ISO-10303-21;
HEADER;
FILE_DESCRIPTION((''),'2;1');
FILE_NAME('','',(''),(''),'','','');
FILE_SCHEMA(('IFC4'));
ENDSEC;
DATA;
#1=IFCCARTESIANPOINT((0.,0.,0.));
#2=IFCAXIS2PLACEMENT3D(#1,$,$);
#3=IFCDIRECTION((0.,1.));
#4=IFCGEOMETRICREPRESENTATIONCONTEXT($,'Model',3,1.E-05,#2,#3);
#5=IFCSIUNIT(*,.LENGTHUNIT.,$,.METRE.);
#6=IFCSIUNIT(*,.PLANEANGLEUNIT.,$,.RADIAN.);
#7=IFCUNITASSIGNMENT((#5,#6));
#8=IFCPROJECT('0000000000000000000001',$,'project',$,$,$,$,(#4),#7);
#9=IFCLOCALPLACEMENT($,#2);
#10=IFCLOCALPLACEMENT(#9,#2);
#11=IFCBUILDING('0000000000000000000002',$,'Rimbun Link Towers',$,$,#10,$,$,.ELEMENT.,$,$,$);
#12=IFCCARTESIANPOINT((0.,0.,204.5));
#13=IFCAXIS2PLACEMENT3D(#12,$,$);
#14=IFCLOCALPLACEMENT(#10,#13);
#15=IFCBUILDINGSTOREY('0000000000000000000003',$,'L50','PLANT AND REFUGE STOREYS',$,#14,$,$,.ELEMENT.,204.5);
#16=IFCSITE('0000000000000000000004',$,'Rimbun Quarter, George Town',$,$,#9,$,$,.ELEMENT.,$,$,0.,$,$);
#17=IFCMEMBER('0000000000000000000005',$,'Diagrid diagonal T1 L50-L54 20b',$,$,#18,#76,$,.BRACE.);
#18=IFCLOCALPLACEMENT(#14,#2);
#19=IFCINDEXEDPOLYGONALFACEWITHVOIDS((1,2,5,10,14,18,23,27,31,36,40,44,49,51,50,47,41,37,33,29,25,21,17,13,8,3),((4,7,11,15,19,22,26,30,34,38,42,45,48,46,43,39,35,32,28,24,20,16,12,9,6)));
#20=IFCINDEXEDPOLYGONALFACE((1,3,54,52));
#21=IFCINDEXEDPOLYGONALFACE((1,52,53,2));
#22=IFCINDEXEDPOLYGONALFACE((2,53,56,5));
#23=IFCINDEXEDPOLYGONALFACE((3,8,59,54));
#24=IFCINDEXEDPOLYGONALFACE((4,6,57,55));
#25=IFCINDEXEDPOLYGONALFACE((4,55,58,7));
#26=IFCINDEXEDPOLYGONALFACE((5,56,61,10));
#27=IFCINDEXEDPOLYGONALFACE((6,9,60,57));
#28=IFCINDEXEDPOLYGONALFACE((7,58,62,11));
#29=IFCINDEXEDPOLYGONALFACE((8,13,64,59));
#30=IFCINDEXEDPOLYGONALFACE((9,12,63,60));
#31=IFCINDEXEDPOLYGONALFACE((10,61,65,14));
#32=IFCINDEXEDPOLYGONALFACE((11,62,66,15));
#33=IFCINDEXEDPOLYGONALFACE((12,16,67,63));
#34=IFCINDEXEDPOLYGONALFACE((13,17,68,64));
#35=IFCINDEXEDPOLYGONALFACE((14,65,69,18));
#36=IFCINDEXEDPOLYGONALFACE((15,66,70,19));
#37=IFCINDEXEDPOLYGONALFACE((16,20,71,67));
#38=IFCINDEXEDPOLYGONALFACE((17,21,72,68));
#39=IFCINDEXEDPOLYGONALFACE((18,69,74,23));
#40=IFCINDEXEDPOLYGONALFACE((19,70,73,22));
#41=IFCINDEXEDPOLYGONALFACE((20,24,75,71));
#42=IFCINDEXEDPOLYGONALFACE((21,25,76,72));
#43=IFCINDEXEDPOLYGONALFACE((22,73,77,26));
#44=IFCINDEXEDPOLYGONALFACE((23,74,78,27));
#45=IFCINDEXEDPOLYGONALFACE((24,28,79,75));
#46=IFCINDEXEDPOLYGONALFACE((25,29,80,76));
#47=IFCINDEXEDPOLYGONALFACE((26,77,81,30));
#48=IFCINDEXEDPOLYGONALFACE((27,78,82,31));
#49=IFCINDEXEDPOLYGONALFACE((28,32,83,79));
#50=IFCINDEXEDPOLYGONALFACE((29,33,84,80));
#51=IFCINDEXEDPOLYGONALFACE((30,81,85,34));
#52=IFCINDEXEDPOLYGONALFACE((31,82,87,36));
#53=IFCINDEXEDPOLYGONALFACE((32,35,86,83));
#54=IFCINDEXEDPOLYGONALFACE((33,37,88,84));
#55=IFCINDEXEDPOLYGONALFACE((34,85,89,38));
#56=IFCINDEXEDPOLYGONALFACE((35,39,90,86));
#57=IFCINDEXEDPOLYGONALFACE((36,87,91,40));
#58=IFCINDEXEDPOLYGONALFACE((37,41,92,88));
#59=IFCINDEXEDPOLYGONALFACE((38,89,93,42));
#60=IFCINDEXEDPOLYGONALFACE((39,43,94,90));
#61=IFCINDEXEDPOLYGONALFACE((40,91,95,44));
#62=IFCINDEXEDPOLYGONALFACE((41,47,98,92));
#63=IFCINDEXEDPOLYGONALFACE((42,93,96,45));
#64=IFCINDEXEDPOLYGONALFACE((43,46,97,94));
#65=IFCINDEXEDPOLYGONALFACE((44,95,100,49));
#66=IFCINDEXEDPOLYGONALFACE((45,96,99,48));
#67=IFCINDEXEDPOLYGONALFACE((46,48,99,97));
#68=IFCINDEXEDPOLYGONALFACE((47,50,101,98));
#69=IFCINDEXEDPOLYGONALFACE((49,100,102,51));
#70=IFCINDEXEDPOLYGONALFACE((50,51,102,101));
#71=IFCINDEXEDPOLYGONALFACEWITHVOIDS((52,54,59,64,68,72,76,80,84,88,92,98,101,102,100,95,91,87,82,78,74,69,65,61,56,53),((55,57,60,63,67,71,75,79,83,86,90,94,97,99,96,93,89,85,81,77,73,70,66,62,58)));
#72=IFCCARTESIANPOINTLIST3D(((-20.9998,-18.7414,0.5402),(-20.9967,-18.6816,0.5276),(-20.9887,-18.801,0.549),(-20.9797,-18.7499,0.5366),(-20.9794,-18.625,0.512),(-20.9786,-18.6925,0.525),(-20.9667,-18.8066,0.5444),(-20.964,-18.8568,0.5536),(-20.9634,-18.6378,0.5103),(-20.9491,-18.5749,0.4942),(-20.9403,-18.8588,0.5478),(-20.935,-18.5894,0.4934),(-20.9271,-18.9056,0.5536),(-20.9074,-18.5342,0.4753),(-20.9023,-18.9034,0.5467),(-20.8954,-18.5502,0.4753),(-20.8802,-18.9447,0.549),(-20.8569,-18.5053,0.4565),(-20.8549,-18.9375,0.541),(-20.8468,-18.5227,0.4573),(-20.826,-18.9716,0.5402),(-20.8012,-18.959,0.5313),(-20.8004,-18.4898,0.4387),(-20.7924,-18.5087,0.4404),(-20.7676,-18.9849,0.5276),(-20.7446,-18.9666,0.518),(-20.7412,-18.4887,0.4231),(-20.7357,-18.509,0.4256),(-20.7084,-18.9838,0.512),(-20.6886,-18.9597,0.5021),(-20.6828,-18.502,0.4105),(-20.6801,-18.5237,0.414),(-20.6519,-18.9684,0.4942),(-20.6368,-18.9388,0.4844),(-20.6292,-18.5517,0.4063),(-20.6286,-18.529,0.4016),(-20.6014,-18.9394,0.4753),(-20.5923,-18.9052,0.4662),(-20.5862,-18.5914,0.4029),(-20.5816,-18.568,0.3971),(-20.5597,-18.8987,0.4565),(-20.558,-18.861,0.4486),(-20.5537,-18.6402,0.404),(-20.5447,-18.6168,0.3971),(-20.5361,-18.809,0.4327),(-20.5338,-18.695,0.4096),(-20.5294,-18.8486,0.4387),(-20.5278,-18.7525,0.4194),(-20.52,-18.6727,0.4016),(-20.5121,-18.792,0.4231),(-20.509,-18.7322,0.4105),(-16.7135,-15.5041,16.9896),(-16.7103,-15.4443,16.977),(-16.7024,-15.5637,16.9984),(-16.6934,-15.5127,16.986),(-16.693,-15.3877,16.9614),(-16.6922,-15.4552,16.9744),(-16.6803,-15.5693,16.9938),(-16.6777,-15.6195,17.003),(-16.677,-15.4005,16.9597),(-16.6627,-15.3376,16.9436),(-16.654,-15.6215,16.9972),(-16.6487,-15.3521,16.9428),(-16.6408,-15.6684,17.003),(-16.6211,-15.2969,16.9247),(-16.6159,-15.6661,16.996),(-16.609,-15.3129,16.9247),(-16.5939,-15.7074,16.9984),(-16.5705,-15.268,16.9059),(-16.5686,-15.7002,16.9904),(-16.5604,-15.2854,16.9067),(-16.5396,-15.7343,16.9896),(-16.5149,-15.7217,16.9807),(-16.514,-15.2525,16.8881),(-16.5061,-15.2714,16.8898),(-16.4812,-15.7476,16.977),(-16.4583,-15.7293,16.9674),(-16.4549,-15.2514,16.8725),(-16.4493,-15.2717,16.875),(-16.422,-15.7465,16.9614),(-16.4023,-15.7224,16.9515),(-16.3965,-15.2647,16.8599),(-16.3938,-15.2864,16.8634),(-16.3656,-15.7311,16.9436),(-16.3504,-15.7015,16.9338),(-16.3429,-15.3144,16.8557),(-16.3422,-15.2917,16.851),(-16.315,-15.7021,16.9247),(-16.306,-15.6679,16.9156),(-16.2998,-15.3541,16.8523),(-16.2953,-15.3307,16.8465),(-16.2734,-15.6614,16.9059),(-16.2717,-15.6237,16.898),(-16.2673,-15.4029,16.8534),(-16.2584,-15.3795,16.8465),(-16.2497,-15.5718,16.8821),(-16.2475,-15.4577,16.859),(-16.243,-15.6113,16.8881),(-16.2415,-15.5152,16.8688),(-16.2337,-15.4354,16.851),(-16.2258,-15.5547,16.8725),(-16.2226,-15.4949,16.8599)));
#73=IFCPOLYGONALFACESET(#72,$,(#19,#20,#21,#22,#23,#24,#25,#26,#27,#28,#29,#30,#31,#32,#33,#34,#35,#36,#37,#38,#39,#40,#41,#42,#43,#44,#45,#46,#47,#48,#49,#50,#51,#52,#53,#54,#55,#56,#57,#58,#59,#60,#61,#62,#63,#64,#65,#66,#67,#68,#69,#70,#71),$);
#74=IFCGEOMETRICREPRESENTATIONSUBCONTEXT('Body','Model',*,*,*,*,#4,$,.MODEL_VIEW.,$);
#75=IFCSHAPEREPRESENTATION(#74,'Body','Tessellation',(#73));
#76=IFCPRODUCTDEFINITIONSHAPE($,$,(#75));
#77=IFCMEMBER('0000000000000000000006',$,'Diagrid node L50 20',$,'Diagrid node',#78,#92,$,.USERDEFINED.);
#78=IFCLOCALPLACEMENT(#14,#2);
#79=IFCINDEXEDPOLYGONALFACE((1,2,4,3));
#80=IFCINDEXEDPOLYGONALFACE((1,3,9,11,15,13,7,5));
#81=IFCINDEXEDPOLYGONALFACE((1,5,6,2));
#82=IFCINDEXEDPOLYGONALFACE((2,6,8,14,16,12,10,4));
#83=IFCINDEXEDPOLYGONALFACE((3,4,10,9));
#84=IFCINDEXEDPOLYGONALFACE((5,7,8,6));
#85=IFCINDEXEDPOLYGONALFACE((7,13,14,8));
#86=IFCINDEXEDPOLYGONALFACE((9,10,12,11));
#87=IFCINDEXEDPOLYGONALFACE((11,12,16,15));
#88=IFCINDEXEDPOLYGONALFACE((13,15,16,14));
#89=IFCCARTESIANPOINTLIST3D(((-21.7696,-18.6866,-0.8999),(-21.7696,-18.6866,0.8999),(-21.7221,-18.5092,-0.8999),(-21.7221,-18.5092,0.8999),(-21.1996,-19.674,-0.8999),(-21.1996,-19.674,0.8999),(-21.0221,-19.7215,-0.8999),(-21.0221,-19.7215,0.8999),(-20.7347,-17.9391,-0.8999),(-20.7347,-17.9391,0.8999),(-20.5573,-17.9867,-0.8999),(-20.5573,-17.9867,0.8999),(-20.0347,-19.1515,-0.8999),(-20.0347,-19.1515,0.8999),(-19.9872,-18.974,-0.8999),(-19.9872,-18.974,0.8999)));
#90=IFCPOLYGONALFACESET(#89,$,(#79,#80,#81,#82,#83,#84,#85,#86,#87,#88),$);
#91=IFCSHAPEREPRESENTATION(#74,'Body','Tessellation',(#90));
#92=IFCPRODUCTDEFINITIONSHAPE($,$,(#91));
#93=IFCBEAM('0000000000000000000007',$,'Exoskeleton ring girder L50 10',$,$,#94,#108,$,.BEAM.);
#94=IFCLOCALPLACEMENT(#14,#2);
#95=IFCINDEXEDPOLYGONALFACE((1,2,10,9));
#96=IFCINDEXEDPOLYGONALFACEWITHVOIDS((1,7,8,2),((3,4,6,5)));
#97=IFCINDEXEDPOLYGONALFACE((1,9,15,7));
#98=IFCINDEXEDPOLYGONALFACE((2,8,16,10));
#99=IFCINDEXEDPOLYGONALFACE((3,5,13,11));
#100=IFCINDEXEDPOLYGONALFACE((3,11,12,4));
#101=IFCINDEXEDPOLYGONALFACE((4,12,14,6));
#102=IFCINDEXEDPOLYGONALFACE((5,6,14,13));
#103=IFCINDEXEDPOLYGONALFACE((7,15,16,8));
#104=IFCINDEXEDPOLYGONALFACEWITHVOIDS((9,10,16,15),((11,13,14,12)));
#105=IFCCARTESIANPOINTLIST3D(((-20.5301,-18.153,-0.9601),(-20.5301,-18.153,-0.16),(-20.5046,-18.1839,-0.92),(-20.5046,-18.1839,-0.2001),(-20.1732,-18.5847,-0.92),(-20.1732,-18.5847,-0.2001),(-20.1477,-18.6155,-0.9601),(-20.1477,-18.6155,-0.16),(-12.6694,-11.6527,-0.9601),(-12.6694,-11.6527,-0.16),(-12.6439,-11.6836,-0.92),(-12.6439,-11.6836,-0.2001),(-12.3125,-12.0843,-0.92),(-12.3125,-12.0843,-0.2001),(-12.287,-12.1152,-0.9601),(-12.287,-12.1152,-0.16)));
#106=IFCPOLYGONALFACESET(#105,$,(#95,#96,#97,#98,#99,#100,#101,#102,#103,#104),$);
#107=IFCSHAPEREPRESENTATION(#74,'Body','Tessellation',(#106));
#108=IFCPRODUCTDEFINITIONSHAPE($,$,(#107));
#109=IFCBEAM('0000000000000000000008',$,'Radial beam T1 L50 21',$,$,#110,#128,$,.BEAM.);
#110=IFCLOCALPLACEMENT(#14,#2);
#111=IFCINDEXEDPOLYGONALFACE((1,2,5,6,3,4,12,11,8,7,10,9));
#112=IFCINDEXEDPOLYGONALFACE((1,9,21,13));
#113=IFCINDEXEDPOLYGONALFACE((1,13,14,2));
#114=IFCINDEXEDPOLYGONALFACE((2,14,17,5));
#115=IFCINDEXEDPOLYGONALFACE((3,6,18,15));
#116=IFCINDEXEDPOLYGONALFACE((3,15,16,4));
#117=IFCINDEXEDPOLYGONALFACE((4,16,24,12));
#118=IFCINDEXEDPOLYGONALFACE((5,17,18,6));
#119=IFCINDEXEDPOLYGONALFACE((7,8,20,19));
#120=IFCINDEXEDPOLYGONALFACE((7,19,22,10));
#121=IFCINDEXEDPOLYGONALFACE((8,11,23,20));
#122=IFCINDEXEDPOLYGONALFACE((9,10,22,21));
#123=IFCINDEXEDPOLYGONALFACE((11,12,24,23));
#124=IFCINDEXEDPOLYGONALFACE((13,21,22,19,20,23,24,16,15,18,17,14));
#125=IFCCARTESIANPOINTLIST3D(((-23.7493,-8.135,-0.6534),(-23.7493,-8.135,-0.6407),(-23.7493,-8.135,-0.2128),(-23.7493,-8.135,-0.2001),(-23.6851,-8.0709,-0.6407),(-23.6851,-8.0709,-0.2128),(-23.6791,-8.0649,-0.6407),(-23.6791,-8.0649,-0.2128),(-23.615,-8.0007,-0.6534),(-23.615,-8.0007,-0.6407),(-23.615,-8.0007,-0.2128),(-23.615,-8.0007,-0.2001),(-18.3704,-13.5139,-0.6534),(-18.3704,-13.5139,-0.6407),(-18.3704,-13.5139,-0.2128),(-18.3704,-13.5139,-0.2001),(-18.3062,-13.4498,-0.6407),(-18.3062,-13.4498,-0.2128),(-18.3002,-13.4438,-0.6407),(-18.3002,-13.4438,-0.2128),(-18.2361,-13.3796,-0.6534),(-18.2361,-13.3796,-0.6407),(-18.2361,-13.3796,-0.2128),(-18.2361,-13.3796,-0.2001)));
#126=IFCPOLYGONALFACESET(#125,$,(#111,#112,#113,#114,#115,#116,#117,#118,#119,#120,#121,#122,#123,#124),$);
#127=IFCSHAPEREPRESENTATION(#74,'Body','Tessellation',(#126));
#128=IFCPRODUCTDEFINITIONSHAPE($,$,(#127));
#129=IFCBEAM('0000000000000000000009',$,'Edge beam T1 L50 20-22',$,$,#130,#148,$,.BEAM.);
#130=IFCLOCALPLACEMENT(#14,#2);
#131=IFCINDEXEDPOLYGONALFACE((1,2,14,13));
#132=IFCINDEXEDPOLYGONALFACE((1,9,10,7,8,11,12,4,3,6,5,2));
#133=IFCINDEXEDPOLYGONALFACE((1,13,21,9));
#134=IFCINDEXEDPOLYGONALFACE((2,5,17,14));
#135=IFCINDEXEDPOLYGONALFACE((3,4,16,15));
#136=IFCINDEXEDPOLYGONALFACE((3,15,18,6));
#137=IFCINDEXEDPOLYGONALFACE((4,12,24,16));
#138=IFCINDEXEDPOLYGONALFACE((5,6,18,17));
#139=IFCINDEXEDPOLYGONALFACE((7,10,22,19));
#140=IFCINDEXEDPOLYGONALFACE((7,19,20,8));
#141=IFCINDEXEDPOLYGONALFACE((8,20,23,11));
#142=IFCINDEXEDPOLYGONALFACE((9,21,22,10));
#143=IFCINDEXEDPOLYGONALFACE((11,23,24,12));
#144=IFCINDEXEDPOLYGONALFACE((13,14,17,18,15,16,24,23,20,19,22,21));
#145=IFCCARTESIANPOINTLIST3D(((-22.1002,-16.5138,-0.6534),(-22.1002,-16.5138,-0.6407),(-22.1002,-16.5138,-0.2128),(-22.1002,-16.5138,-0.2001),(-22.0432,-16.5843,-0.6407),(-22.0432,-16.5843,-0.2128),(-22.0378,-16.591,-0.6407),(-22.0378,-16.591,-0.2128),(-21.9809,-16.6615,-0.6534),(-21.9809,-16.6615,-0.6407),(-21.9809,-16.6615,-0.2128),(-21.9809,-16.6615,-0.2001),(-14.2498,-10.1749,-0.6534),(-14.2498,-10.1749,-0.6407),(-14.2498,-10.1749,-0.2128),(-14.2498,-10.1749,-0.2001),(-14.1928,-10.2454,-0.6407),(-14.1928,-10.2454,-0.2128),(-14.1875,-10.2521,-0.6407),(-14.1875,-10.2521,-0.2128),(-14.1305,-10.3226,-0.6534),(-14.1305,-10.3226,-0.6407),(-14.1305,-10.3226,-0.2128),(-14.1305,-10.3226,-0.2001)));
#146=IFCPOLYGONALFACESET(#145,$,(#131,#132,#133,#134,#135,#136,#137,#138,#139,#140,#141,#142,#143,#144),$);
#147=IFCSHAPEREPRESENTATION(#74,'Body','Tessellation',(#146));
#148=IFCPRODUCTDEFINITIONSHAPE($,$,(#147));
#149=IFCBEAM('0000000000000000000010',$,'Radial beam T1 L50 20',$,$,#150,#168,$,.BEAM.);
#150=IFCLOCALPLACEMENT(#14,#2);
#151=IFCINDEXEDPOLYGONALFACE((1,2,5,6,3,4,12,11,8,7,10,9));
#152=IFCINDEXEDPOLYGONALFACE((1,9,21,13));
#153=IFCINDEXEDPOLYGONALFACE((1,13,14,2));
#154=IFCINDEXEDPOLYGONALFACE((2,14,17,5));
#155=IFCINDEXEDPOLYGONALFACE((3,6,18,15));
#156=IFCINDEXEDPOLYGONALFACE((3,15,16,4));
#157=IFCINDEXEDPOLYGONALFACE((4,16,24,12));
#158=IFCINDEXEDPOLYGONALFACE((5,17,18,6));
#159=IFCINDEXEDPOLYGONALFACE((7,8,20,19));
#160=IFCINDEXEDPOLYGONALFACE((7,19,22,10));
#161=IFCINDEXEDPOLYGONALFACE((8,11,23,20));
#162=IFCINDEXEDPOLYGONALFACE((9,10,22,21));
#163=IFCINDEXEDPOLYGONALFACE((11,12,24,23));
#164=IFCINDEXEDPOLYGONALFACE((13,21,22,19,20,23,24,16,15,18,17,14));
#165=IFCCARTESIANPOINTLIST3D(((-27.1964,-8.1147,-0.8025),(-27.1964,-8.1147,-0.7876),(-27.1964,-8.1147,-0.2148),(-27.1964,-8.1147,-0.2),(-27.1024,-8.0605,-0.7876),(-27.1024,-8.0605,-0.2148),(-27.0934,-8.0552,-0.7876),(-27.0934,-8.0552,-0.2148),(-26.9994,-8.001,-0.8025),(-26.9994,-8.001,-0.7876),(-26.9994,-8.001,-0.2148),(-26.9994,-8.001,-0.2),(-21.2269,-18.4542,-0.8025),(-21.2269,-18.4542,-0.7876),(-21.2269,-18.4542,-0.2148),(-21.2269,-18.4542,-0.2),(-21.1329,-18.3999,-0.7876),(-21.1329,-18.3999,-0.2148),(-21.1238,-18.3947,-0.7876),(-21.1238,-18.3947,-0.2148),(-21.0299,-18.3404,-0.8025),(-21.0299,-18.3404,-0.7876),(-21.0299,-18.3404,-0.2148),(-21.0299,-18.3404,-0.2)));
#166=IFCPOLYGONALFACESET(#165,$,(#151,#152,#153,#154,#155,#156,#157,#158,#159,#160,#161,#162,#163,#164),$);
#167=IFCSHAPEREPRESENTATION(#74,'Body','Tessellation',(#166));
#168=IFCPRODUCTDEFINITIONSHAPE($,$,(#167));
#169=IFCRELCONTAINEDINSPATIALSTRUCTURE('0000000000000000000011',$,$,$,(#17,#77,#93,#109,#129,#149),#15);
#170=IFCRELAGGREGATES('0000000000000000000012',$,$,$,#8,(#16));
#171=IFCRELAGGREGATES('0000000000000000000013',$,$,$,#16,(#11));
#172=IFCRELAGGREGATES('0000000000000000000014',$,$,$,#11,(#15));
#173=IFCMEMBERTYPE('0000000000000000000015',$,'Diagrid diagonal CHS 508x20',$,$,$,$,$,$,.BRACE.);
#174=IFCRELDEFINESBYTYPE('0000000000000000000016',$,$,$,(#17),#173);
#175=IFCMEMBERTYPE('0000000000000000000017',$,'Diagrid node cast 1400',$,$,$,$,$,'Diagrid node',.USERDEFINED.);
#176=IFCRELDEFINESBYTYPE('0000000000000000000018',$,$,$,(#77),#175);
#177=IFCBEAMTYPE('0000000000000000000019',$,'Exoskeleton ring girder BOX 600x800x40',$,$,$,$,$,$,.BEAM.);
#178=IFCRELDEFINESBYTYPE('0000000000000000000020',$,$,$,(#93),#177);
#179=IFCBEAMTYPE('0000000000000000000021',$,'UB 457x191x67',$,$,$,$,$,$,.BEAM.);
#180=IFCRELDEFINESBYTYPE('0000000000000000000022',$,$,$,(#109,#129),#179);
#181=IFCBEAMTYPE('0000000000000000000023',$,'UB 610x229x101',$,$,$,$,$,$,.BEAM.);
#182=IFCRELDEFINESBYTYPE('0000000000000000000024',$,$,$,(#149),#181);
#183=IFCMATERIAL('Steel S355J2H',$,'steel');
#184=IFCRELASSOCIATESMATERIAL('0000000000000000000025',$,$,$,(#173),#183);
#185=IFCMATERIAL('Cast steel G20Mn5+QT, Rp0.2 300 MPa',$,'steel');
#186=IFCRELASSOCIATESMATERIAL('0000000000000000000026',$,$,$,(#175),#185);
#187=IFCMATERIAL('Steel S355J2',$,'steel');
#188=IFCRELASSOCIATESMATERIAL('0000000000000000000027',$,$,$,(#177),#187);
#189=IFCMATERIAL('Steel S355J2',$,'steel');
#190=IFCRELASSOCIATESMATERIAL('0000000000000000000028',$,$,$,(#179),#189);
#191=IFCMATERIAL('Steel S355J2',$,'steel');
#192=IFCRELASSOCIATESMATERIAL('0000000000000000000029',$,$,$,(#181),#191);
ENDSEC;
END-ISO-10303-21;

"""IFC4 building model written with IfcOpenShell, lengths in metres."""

from ifc_helpers import new_model, si_unit, direction, frame, origin, origin_2d, place, context, subcontext, project, spatial, polyline, hollow_rectangle, hollow_circle, i_section, outline, extrude, material, material_profile, profile_set, type_object, element, save


model = new_model("IFC4")

# Units and contexts
model_context = context("Model", 3, precision=1e-05, world=origin(), true_north=direction((0.0, 1.0)))
body_context = subcontext(model_context, "Body", "Model", "MODEL_VIEW")
ifc_project = project(units=[si_unit("LENGTHUNIT", "METRE"), si_unit("PLANEANGLEUNIT", "RADIAN")], contexts=[model_context])

# Site, building, storey
site_placement = place(None, origin())
site = spatial("IfcSite", under=ifc_project, at=site_placement, Name="Rimbun Quarter, George Town", CompositionType="ELEMENT", RefElevation=0.0)
building_placement = place(site_placement, origin())
building = spatial("IfcBuilding", under=site, at=building_placement, Name="Rimbun Link Towers", CompositionType="ELEMENT")
storey_placement = place(building_placement, frame((0.0, 0.0, 204.5)))
storey = spatial("IfcBuildingStorey", under=building, at=storey_placement, Name="L50", Description="PLANT AND REFUGE STOREYS", CompositionType="ELEMENT", Elevation=204.5)

# Members
ifc_material_1 = material(Name="Steel S355J2H", Category="steel")
ifc_material_profile_1 = material_profile(ifc_material_1, hollow_circle(Radius=0.2539, WallThickness=0.02, at=origin_2d()), Name="Diagrid diagonal CHS 508x20")
ifc_profile_set_1 = profile_set([ifc_material_profile_1], Name="Steel S355J2H")
member_type_1 = type_object("IfcMemberType", Name="Diagrid diagonal CHS 508x20", PredefinedType="BRACE", material=ifc_profile_set_1)
member_1_placement = place(storey_placement, frame((-20.7544, -18.7368, 0.4753), z_axis=(0.247706, 0.187081, 0.950601), x_axis=(-0.60268, 0.797983, 0.0)))
element("IfcMember", 1, at=member_1_placement, inside=storey, type_object=member_type_1, Name="Diagrid diagonal T1 L50-L54 20b", PredefinedType="BRACE", context=body_context, shape_type="SweptSolid", body=[
    extrude(hollow_circle(Radius=0.2539, WallThickness=0.02, at=origin_2d()), origin(), (0.0, 0.0, 1.0), 17.3042),
])
ifc_material_2 = material(Name="Cast steel G20Mn5+QT, Rp0.2 300 MPa", Category="steel")
ifc_material_profile_2 = material_profile(ifc_material_2, outline(polyline([(0.7, -0.5701), (0.7, 0.5701), (0.5701, 0.7), (-0.5701, 0.7), (-0.7, 0.5701), (-0.7, -0.5701), (-0.5701, -0.7), (0.5701, -0.7), (0.7, -0.5701)])), Name="NODE 1400x1400")
ifc_profile_set_2 = profile_set([ifc_material_profile_2], Name="Cast steel G20Mn5+QT, Rp0.2 300 MPa")
member_type_2 = type_object("IfcMemberType", Name="Diagrid node cast 1400", ElementType="Diagrid node", PredefinedType="USERDEFINED", material=ifc_profile_set_2)
member_2_placement = place(storey_placement, frame((-20.8784, -18.8303, -0.8999), z_axis=(0.0, 0.0, 1.0), x_axis=(0.5, -0.866025, 0.0)))
element("IfcMember", 2, at=member_2_placement, inside=storey, type_object=member_type_2, Name="Diagrid node L50 20", ObjectType="Diagrid node", PredefinedType="USERDEFINED", context=body_context, shape_type="SweptSolid", body=[
    extrude(outline(polyline([(0.7, -0.5701), (0.7, 0.5701), (0.5701, 0.7), (-0.5701, 0.7), (-0.7, 0.5701), (-0.7, -0.5701), (-0.5701, -0.7), (0.5701, -0.7), (0.7, -0.5701)])), origin(), (0.0, 0.0, 1.0), 1.7998),
])

# Beams
ifc_material_3 = material(Name="Steel S355J2", Category="steel")
ifc_material_profile_3 = material_profile(ifc_material_3, hollow_rectangle(XDim=0.6001, YDim=0.8, WallThickness=0.04, at=origin_2d()), Name="Exoskeleton ring girder BOX 600x800x40")
ifc_profile_set_3 = profile_set([ifc_material_profile_3], Name="Steel S355J2")
beam_type_1 = type_object("IfcBeamType", Name="Exoskeleton ring girder BOX 600x800x40", PredefinedType="BEAM", material=ifc_profile_set_3)
beam_1_placement = place(storey_placement, frame((-20.3389, -18.3843, -0.5601), z_axis=(0.770639, 0.637272, 0.0), x_axis=(-0.637272, 0.770639, 0.0)))
element("IfcBeam", 3, at=beam_1_placement, inside=storey, type_object=beam_type_1, Name="Exoskeleton ring girder L50 10", PredefinedType="BEAM", context=body_context, shape_type="SweptSolid", body=[
    extrude(hollow_rectangle(XDim=0.6001, YDim=0.8, WallThickness=0.04, at=origin_2d()), origin(), (0.0, 0.0, 1.0), 10.2002),
])
ifc_material_4 = material(Name="Steel S355J2", Category="steel")
ifc_material_profile_4 = material_profile(ifc_material_4, i_section(OverallWidth=0.1899, OverallDepth=0.4534, WebThickness=0.0085, FlangeThickness=0.0127, at=origin_2d()), Name="UB 457x191x67")
ifc_profile_set_4 = profile_set([ifc_material_profile_4], Name="Steel S355J2")
beam_type_2 = type_object("IfcBeamType", Name="UB 457x191x67", PredefinedType="BEAM", material=ifc_profile_set_4)
beam_2_placement = place(storey_placement, frame((-23.6821, -8.0679, -0.4268), z_axis=(0.707107, -0.707107, 0.0), x_axis=(0.707107, 0.707107, 0.0)))
element("IfcBeam", 4, at=beam_2_placement, inside=storey, type_object=beam_type_2, Name="Radial beam T1 L50 21", PredefinedType="BEAM", context=body_context, shape_type="SweptSolid", body=[
    extrude(i_section(OverallWidth=0.1899, OverallDepth=0.4534, WebThickness=0.0085, FlangeThickness=0.0127, at=origin_2d()), origin(), (0.0, 0.0, 1.0), 7.6069),
])
beam_3_placement = place(storey_placement, frame((-22.0405, -16.5876, -0.4268), z_axis=(0.778028, 0.62823, 0.0), x_axis=(-0.62823, 0.778028, 0.0)))
element("IfcBeam", 5, at=beam_3_placement, inside=storey, type_object=beam_type_2, Name="Edge beam T1 L50 20-22", PredefinedType="BEAM", context=body_context, shape_type="SweptSolid", body=[
    extrude(i_section(OverallWidth=0.1899, OverallDepth=0.4534, WebThickness=0.0085, FlangeThickness=0.0127, at=origin_2d()), origin(), (0.0, 0.0, 1.0), 10.0901),
])
ifc_material_5 = material(Name="Steel S355J2", Category="steel")
ifc_material_profile_5 = material_profile(ifc_material_5, i_section(OverallWidth=0.2275, OverallDepth=0.6025, WebThickness=0.0105, FlangeThickness=0.0149, at=origin_2d()), Name="UB 610x229x101")
ifc_profile_set_5 = profile_set([ifc_material_profile_5], Name="Steel S355J2")
beam_type_3 = type_object("IfcBeamType", Name="UB 610x229x101", PredefinedType="BEAM", material=ifc_profile_set_5)
beam_4_placement = place(storey_placement, frame((-27.0979, -8.0579, -0.5012), z_axis=(0.500003, -0.866023, 0.0), x_axis=(0.866023, 0.500003, 0.0)))
element("IfcBeam", 6, at=beam_4_placement, inside=storey, type_object=beam_type_3, Name="Radial beam T1 L50 20", PredefinedType="BEAM", context=body_context, shape_type="SweptSolid", body=[
    extrude(i_section(OverallWidth=0.2275, OverallDepth=0.6025, WebThickness=0.0105, FlangeThickness=0.0149, at=origin_2d()), origin(), (0.0, 0.0, 1.0), 11.939),
])

save(model, "model.ifc")
